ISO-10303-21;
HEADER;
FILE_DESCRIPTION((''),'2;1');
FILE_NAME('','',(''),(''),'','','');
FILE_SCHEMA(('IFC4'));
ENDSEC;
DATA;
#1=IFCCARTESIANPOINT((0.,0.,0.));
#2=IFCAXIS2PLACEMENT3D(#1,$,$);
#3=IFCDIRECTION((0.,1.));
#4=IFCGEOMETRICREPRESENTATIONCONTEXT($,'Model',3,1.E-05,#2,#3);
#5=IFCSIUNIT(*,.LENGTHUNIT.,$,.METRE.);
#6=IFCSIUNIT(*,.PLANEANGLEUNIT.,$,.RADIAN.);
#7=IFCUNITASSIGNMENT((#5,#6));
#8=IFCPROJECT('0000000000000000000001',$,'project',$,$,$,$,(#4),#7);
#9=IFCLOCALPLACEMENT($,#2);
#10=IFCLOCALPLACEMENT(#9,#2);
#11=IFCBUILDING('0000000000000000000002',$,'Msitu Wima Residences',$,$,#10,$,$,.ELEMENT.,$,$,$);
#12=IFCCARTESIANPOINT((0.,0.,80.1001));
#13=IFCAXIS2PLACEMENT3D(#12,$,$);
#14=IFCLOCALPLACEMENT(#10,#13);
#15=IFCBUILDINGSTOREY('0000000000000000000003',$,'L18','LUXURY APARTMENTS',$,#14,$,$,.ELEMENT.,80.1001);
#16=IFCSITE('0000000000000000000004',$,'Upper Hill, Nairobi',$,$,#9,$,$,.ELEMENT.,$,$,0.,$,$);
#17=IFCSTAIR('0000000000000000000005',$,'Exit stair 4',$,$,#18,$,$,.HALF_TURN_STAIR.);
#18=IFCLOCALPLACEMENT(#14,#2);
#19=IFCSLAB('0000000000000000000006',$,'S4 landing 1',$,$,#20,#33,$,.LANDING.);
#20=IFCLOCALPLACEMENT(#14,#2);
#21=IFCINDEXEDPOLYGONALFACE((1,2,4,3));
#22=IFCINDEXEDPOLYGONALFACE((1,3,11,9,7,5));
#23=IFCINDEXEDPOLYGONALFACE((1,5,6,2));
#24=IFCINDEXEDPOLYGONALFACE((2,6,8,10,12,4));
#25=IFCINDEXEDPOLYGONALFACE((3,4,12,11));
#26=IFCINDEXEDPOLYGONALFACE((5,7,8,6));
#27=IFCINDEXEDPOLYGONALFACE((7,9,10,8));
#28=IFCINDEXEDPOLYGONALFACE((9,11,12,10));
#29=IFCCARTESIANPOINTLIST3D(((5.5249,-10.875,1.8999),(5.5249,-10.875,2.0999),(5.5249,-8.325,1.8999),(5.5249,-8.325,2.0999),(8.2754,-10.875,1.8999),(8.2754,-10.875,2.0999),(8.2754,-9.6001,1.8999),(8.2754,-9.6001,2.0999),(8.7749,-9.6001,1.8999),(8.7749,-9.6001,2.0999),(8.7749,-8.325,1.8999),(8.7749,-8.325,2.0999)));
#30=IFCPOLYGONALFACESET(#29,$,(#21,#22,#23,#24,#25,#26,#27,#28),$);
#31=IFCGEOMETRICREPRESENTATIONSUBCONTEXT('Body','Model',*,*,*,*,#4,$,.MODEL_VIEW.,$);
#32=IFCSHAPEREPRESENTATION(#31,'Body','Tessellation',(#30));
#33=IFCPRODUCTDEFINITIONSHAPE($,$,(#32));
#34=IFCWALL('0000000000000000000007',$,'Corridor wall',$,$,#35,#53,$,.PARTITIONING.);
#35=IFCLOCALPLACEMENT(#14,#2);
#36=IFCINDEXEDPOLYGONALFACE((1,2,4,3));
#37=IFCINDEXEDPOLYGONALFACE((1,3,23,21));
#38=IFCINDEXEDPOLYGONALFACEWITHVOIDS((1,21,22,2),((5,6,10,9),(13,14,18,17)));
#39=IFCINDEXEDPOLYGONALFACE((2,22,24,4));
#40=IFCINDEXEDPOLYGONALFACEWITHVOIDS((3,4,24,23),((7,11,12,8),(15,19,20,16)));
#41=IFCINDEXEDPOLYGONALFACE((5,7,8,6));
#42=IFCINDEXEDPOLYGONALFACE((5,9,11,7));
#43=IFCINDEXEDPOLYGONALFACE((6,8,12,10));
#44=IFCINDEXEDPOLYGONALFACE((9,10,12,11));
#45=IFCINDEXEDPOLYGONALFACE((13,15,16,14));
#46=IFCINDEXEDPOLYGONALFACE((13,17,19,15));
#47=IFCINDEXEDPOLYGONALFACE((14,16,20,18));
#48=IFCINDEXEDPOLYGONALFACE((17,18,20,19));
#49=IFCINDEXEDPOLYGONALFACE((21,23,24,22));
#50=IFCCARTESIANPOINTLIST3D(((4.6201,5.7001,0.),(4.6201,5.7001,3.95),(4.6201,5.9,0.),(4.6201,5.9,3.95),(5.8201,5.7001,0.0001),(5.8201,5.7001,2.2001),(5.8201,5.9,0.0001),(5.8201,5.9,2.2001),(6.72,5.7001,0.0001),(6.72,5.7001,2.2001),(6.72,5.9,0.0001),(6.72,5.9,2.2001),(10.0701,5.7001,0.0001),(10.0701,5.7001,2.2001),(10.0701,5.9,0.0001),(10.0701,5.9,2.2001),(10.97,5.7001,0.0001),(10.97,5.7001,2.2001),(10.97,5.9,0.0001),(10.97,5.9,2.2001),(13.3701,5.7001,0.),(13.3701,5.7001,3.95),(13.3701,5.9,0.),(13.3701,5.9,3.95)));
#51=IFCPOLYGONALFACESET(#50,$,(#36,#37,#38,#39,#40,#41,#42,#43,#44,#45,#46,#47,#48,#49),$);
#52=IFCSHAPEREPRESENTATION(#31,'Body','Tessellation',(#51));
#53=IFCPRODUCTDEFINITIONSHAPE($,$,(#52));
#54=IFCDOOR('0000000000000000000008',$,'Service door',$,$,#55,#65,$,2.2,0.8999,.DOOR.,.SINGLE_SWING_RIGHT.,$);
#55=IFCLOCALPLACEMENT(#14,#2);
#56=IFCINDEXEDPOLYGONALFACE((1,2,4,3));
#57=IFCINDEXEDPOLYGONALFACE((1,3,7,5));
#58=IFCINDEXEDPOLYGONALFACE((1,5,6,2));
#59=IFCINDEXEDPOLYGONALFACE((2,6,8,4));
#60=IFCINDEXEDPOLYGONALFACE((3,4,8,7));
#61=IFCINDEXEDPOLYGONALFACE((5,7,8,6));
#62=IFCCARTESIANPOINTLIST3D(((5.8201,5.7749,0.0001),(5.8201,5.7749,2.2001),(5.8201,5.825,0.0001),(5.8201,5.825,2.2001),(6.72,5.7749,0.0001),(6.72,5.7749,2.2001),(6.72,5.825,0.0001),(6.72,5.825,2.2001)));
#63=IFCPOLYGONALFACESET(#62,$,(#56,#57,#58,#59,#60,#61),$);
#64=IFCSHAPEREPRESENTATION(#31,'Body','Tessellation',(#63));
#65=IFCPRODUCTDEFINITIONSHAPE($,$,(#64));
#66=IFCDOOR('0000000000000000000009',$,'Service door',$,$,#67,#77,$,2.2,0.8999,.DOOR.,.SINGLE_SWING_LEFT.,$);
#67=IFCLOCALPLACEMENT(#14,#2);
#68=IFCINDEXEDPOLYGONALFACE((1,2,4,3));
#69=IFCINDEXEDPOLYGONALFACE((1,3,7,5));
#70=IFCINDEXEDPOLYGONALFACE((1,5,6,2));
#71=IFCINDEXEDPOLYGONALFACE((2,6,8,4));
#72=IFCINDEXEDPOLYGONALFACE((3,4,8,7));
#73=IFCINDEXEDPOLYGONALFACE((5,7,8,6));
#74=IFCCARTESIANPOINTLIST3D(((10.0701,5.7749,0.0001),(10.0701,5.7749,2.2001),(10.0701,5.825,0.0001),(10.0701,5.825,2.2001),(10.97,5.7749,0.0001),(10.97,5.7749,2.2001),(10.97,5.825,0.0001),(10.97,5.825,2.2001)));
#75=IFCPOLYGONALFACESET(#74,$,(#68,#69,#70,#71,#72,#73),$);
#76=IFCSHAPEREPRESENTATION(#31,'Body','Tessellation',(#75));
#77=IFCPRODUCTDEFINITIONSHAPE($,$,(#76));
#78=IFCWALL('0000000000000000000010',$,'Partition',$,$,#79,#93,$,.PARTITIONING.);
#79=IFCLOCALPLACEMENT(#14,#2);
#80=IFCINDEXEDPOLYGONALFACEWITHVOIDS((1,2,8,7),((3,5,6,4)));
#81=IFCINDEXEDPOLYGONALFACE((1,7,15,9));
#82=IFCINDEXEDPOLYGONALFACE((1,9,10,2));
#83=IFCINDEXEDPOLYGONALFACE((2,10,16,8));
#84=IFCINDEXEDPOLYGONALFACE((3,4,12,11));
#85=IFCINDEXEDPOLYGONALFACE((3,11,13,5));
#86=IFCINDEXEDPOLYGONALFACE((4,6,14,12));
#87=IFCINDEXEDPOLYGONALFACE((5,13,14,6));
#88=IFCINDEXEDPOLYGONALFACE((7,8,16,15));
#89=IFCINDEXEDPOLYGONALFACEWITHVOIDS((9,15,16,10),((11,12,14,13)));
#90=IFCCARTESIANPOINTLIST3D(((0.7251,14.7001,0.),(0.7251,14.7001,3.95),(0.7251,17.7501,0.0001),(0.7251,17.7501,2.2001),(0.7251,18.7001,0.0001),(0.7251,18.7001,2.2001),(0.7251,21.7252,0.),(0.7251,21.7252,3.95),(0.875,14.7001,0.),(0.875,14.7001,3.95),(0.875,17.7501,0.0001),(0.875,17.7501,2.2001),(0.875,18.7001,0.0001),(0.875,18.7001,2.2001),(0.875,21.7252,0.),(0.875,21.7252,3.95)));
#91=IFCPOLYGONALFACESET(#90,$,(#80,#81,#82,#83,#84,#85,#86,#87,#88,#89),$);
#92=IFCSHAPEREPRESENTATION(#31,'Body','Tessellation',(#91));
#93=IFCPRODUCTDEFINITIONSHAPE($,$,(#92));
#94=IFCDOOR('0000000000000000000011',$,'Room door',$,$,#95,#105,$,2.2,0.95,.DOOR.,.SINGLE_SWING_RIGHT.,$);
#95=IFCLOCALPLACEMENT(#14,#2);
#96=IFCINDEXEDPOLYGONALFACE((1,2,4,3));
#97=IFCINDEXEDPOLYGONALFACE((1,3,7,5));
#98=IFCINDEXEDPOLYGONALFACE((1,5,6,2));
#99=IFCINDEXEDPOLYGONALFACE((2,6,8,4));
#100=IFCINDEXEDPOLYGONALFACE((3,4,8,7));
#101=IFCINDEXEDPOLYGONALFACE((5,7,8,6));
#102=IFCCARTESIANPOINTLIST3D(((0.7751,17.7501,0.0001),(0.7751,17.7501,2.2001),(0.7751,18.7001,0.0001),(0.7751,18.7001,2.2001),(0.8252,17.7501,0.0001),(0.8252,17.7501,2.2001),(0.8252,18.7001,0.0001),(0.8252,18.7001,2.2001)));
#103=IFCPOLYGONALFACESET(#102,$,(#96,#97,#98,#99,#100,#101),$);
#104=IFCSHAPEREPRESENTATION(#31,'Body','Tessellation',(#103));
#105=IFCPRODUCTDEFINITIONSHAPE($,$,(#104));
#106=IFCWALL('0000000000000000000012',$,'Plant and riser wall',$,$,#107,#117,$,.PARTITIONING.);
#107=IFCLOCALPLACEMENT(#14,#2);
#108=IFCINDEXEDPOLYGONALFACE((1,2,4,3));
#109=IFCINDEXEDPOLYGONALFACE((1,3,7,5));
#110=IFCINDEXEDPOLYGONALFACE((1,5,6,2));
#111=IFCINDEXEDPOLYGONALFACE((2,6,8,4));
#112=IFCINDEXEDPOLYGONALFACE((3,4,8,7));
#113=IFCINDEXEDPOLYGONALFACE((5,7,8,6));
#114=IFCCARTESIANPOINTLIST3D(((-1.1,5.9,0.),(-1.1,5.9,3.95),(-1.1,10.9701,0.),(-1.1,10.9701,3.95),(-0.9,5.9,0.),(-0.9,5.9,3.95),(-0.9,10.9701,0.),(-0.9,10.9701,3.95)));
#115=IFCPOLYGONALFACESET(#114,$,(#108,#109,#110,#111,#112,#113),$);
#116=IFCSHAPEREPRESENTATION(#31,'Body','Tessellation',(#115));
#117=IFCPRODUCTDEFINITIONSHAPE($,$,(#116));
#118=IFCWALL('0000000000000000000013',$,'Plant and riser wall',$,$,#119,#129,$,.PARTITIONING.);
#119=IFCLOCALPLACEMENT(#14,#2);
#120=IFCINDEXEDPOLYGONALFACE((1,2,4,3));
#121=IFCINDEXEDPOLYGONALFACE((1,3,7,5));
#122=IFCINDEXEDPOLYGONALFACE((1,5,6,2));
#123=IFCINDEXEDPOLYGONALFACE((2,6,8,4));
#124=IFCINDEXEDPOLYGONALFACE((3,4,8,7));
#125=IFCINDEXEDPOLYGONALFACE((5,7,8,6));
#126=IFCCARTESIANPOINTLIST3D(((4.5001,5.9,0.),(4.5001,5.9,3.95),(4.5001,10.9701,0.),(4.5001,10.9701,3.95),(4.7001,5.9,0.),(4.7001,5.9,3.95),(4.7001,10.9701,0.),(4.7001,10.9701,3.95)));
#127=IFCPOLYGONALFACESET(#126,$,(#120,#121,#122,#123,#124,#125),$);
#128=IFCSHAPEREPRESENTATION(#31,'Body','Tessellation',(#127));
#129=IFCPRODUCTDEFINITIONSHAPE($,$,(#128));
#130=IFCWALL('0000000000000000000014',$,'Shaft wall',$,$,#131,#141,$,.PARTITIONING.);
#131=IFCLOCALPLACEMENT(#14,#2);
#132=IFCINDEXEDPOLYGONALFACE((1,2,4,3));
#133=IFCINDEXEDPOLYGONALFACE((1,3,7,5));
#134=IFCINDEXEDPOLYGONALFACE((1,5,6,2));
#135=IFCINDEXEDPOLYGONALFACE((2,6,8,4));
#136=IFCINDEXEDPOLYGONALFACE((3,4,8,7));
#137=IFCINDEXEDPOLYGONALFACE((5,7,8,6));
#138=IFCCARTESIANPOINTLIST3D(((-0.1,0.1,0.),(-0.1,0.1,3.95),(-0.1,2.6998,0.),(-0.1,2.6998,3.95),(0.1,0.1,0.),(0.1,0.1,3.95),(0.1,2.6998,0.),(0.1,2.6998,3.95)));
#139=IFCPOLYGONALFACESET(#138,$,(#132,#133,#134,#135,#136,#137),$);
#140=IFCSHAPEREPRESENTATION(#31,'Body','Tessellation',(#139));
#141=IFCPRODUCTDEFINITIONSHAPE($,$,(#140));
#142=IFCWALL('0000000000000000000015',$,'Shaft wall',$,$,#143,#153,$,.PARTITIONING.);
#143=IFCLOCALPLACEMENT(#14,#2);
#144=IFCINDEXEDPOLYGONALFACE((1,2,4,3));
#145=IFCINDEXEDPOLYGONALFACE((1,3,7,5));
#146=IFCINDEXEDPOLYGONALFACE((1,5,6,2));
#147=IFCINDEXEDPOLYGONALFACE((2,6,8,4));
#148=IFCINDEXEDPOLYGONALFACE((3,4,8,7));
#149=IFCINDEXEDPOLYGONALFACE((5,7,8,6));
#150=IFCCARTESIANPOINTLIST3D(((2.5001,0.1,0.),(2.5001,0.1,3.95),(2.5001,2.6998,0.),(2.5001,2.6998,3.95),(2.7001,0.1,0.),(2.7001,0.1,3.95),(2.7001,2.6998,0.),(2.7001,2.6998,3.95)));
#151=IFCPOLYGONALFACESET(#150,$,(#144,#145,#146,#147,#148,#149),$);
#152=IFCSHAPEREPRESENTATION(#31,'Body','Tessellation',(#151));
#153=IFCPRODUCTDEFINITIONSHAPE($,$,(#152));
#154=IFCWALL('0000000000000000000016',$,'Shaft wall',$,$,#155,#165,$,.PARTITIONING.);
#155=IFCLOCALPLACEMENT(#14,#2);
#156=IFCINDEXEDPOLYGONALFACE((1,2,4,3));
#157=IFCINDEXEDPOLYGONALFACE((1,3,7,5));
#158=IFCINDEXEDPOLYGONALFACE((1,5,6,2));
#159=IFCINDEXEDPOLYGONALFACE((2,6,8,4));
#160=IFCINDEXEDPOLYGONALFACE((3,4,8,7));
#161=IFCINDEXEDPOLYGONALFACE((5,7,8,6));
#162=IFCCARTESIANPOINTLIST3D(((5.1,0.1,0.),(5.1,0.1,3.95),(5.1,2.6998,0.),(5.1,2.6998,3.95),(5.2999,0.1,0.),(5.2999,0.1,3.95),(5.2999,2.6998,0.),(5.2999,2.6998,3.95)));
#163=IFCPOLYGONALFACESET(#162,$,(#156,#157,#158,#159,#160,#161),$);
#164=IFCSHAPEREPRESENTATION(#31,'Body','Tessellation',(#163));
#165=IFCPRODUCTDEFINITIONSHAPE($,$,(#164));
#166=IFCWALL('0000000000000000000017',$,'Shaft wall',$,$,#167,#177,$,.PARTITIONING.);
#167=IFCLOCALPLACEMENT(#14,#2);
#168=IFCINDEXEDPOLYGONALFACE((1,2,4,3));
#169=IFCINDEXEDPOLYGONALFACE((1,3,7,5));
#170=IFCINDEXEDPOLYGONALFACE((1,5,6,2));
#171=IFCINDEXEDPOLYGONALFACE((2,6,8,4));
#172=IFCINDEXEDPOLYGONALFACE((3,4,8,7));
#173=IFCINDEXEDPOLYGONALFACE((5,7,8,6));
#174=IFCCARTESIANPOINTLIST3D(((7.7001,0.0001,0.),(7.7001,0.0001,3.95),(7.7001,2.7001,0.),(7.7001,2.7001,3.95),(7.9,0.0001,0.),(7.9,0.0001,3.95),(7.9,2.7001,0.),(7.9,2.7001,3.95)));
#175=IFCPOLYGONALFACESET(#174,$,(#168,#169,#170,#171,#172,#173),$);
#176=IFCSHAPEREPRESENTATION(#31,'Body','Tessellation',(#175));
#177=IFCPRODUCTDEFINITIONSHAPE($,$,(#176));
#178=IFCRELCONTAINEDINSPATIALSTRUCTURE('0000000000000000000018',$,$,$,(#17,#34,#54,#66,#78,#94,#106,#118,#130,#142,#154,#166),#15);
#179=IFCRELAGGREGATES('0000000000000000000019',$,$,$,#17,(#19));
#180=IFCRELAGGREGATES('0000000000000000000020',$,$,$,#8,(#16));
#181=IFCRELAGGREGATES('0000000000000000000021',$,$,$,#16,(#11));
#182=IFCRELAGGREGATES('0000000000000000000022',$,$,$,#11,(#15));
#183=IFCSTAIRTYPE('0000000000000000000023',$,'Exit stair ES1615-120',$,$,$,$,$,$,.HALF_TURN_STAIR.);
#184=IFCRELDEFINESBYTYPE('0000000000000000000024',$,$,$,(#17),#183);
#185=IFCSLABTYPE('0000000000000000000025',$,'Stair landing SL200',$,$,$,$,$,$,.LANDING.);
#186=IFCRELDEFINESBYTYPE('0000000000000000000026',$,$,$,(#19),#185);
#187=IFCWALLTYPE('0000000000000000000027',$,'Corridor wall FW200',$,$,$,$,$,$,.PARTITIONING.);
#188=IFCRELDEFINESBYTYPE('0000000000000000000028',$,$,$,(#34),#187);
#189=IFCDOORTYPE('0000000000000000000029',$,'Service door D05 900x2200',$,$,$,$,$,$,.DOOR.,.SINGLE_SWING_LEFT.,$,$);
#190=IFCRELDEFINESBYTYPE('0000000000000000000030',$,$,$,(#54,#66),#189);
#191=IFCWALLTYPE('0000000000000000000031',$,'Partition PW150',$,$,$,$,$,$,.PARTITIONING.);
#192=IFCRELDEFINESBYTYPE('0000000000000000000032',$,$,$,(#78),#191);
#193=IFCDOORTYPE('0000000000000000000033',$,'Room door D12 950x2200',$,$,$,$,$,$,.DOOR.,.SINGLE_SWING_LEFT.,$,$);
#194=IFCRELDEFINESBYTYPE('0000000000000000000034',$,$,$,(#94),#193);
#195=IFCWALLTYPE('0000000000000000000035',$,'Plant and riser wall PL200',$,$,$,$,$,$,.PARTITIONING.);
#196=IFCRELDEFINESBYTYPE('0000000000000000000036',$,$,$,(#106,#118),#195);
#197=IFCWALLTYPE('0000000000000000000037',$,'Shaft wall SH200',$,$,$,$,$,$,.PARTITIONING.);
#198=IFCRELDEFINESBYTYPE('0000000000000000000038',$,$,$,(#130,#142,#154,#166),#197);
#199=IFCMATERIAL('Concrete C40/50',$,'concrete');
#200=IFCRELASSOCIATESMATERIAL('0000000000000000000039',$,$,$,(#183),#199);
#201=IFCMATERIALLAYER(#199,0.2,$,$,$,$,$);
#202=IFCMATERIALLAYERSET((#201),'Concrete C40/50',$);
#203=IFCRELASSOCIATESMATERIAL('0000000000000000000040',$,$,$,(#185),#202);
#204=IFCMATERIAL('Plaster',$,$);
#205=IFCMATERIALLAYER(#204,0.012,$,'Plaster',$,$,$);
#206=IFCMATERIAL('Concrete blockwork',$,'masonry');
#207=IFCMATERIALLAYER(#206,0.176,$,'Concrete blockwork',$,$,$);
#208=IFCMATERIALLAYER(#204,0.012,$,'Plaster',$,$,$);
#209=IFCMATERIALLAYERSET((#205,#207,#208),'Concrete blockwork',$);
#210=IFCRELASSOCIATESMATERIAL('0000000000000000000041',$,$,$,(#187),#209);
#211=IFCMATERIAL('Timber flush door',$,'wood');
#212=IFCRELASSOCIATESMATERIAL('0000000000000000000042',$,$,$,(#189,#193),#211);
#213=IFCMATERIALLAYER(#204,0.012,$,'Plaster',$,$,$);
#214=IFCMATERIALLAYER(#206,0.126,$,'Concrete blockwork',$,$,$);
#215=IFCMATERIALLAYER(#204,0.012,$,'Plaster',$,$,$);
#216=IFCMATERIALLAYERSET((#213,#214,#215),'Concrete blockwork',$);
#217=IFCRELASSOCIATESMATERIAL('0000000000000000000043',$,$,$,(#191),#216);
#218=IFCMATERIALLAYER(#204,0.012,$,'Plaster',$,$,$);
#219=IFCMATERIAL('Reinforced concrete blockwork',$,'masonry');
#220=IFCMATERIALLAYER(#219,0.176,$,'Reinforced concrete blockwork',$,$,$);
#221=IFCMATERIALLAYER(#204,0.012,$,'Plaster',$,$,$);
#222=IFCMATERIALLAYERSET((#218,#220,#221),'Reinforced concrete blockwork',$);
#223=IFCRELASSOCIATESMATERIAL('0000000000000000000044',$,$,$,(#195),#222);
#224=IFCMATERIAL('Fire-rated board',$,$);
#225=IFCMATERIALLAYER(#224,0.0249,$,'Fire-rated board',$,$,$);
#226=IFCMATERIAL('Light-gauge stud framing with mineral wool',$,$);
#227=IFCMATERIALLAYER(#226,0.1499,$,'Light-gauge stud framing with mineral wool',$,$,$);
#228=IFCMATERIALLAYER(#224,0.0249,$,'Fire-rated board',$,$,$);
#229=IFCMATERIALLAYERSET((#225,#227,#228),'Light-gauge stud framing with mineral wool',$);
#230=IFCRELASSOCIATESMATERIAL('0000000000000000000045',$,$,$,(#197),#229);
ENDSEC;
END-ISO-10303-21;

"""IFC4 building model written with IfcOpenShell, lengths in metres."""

from ifc_helpers import new_model, si_unit, direction, frame, frame_2d, origin, place, context, subcontext, project, spatial, polyline, rectangle, outline, extrude, material, layer, layer_set, type_object, element, fill, aggregate, save


model = new_model("IFC4")

# Units and contexts
model_context = context("Model", 3, precision=1e-05, world=origin(), true_north=direction((0.0, 1.0)))
body_context = subcontext(model_context, "Body", "Model", "MODEL_VIEW")
ifc_project = project(units=[si_unit("LENGTHUNIT", "METRE"), si_unit("PLANEANGLEUNIT", "RADIAN")], contexts=[model_context])

# Site, building, storey
site_placement = place(None, origin())
site = spatial("IfcSite", under=ifc_project, at=site_placement, Name="Upper Hill, Nairobi", CompositionType="ELEMENT", RefElevation=0.0)
building_placement = place(site_placement, origin())
building = spatial("IfcBuilding", under=site, at=building_placement, Name="Msitu Wima Residences", CompositionType="ELEMENT")
storey_placement = place(building_placement, frame((0.0, 0.0, 80.1001)))
storey = spatial("IfcBuildingStorey", under=building, at=storey_placement, Name="L18", Description="LUXURY APARTMENTS", CompositionType="ELEMENT", Elevation=80.1001)

# Shared definitions
ifc_material_1 = material(Name="Concrete C40/50", Category="concrete")

# Stair, slab
stair_type = type_object("IfcStairType", Name="Exit stair ES1615-120", PredefinedType="HALF_TURN_STAIR", material=ifc_material_1)
ifc_layer_1 = layer(ifc_material_1, 0.2)
ifc_layer_set_1 = layer_set([ifc_layer_1], Name="Concrete C40/50")
slab_type_1 = type_object("IfcSlabType", Name="Stair landing SL200", PredefinedType="LANDING", material=ifc_layer_set_1)
stair_1_placement = place(storey_placement, origin())
stair_1 = element("IfcStair", 1, at=stair_1_placement, inside=storey, type_object=stair_type, Name="Exit stair 4", PredefinedType="HALF_TURN_STAIR")
slab_1_placement = place(storey_placement, frame((0.0, 0.0, 1.8999)))
slab_1 = element("IfcSlab", 2, at=slab_1_placement, type_object=slab_type_1, Name="S4 landing 1", PredefinedType="LANDING", context=body_context, shape_type="SweptSolid", body=[
    extrude(outline(polyline([(5.5249, -10.875), (8.2754, -10.875), (8.2754, -9.6001), (8.7749, -9.6001), (8.7749, -8.325), (5.5249, -8.325), (5.5249, -10.875)])), origin(), (0.0, 0.0, 1.0), 0.2),
])
aggregate(stair_1, [slab_1])

# Wall, openings, doors
ifc_material_2 = material(Name="Plaster")
ifc_layer_2 = layer(ifc_material_2, 0.012, Name="Plaster")
ifc_material_3 = material(Name="Concrete blockwork", Category="masonry")
ifc_layer_3 = layer(ifc_material_3, 0.176, Name="Concrete blockwork")
ifc_layer_4 = layer(ifc_material_2, 0.012, Name="Plaster")
ifc_layer_set_2 = layer_set([ifc_layer_2, ifc_layer_3, ifc_layer_4], Name="Concrete blockwork")
wall_type_1 = type_object("IfcWallType", Name="Corridor wall FW200", PredefinedType="PARTITIONING", material=ifc_layer_set_2)
wall_1_placement = place(storey_placement, frame((4.6201, 5.8, 0.0), z_axis=(0.0, 0.0, 1.0), x_axis=(1.0, 0.0, 0.0)))
wall_1 = element("IfcWall", 3, at=wall_1_placement, inside=storey, type_object=wall_type_1, Name="Corridor wall", PredefinedType="PARTITIONING", context=body_context, shape_type="SweptSolid", body=[
    extrude(rectangle(XDim=8.75, YDim=0.2, at=frame_2d((4.375, 0.0))), origin(), (0.0, 0.0, 1.0), 3.95),
])
opening_1_placement = place(wall_1_placement, frame((1.2, 0.0, 0.0)))
opening_1 = element("IfcOpeningElement", 4, at=opening_1_placement, cuts=wall_1, PredefinedType="OPENING", context=body_context, shape_type="SweptSolid", body=[
    extrude(rectangle(XDim=0.8999, YDim=2.2, at=frame_2d((0.45, 1.1001))), frame((0.0, 0.1099, 0.0), z_axis=(0.0, -1.0, 0.0), x_axis=(1.0, 0.0, 0.0)), (0.0, 0.0, 1.0), 0.22),
])
opening_2_placement = place(wall_1_placement, frame((5.45, 0.0, 0.0)))
opening_2 = element("IfcOpeningElement", 5, at=opening_2_placement, cuts=wall_1, PredefinedType="OPENING", context=body_context, shape_type="SweptSolid", body=[
    extrude(rectangle(XDim=0.8999, YDim=2.2, at=frame_2d((0.45, 1.1001))), frame((0.0, 0.1099, 0.0), z_axis=(0.0, -1.0, 0.0), x_axis=(1.0, 0.0, 0.0)), (0.0, 0.0, 1.0), 0.22),
])
ifc_material_4 = material(Name="Timber flush door", Category="wood")
door_type_1 = type_object("IfcDoorType", Name="Service door D05 900x2200", OperationType="SINGLE_SWING_LEFT", PredefinedType="DOOR", material=ifc_material_4)
door_1_placement = place(opening_1_placement, origin())
door_1 = element("IfcDoor", 6, at=door_1_placement, inside=storey, type_object=door_type_1, Name="Service door", OperationType="SINGLE_SWING_RIGHT", OverallHeight=2.2, OverallWidth=0.8999, PredefinedType="DOOR", context=body_context, shape_type="SweptSolid", body=[
    extrude(rectangle(XDim=0.8999, YDim=2.2, at=frame_2d((0.45, 1.1001))), frame((0.0, 0.0249, 0.0), z_axis=(0.0, -1.0, 0.0), x_axis=(1.0, 0.0, 0.0)), (0.0, 0.0, 1.0), 0.05),
])
fill(opening_1, door_1)
door_2_placement = place(opening_2_placement, origin())
door_2 = element("IfcDoor", 7, at=door_2_placement, inside=storey, type_object=door_type_1, Name="Service door", OperationType="SINGLE_SWING_LEFT", OverallHeight=2.2, OverallWidth=0.8999, PredefinedType="DOOR", context=body_context, shape_type="SweptSolid", body=[
    extrude(rectangle(XDim=0.8999, YDim=2.2, at=frame_2d((0.45, 1.1001))), frame((0.0, 0.0249, 0.0), z_axis=(0.0, -1.0, 0.0), x_axis=(1.0, 0.0, 0.0)), (0.0, 0.0, 1.0), 0.05),
])
fill(opening_2, door_2)

# Wall, opening, door
ifc_layer_5 = layer(ifc_material_2, 0.012, Name="Plaster")
ifc_layer_6 = layer(ifc_material_3, 0.126, Name="Concrete blockwork")
ifc_layer_7 = layer(ifc_material_2, 0.012, Name="Plaster")
ifc_layer_set_3 = layer_set([ifc_layer_5, ifc_layer_6, ifc_layer_7], Name="Concrete blockwork")
wall_type_2 = type_object("IfcWallType", Name="Partition PW150", PredefinedType="PARTITIONING", material=ifc_layer_set_3)
wall_2_placement = place(storey_placement, frame((0.8, 14.7, 0.0), z_axis=(0.0, 0.0, 1.0), x_axis=(0.0, 1.0, 0.0)))
wall_2 = element("IfcWall", 8, at=wall_2_placement, inside=storey, type_object=wall_type_2, Name="Partition", PredefinedType="PARTITIONING", context=body_context, shape_type="SweptSolid", body=[
    extrude(rectangle(XDim=7.0251, YDim=0.1499, at=frame_2d((3.5127, 0.0))), origin(), (0.0, 0.0, 1.0), 3.95),
])
opening_3_placement = place(wall_2_placement, frame((3.05, 0.0, 0.0)))
opening_3 = element("IfcOpeningElement", 9, at=opening_3_placement, cuts=wall_2, PredefinedType="OPENING", context=body_context, shape_type="SweptSolid", body=[
    extrude(rectangle(XDim=0.95, YDim=2.2, at=frame_2d((0.4751, 1.1001))), frame((0.0, 0.085, 0.0), z_axis=(0.0, -1.0, 0.0), x_axis=(1.0, 0.0, 0.0)), (0.0, 0.0, 1.0), 0.1699),
])
door_type_2 = type_object("IfcDoorType", Name="Room door D12 950x2200", OperationType="SINGLE_SWING_LEFT", PredefinedType="DOOR", material=ifc_material_4)
door_3_placement = place(opening_3_placement, origin())
door_3 = element("IfcDoor", 10, at=door_3_placement, inside=storey, type_object=door_type_2, Name="Room door", OperationType="SINGLE_SWING_RIGHT", OverallHeight=2.2, OverallWidth=0.95, PredefinedType="DOOR", context=body_context, shape_type="SweptSolid", body=[
    extrude(rectangle(XDim=0.95, YDim=2.2, at=frame_2d((0.4751, 1.1001))), frame((0.0, 0.0249, 0.0), z_axis=(0.0, -1.0, 0.0), x_axis=(1.0, 0.0, 0.0)), (0.0, 0.0, 1.0), 0.05),
])
fill(opening_3, door_3)

# Walls
ifc_layer_8 = layer(ifc_material_2, 0.012, Name="Plaster")
ifc_material_5 = material(Name="Reinforced concrete blockwork", Category="masonry")
ifc_layer_9 = layer(ifc_material_5, 0.176, Name="Reinforced concrete blockwork")
ifc_layer_10 = layer(ifc_material_2, 0.012, Name="Plaster")
ifc_layer_set_4 = layer_set([ifc_layer_8, ifc_layer_9, ifc_layer_10], Name="Reinforced concrete blockwork")
wall_type_3 = type_object("IfcWallType", Name="Plant and riser wall PL200", PredefinedType="PARTITIONING", material=ifc_layer_set_4)
for number, where, z_axis, x_axis, name in (
    (11, (-1.0, 5.8999, 0.0), (0.0, 0.0, 1.0), (0.0, 1.0, 0.0), "Plant and riser wall"),
    (12, (4.6001, 5.8999, 0.0), (0.0, 0.0, 1.0), (0.0, 1.0, 0.0), "Plant and riser wall"),
):
    element("IfcWall", number, at=place(storey_placement, frame(where, z_axis=z_axis, x_axis=x_axis)), inside=storey, type_object=wall_type_3, Name=name, PredefinedType="PARTITIONING", context=body_context, shape_type="SweptSolid", body=[
        extrude(rectangle(XDim=5.0701, YDim=0.2, at=frame_2d((2.5352, 0.0))), origin(), (0.0, 0.0, 1.0), 3.95),
    ])
ifc_material_6 = material(Name="Fire-rated board")
ifc_layer_11 = layer(ifc_material_6, 0.0249, Name="Fire-rated board")
ifc_material_7 = material(Name="Light-gauge stud framing with mineral wool")
ifc_layer_12 = layer(ifc_material_7, 0.1499, Name="Light-gauge stud framing with mineral wool")
ifc_layer_13 = layer(ifc_material_6, 0.0249, Name="Fire-rated board")
ifc_layer_set_5 = layer_set([ifc_layer_11, ifc_layer_12, ifc_layer_13], Name="Light-gauge stud framing with mineral wool")
wall_type_4 = type_object("IfcWallType", Name="Shaft wall SH200", PredefinedType="PARTITIONING", material=ifc_layer_set_5)
for number, where, z_axis, x_axis, name in (
    (13, (0.0, 0.1001, 0.0), (0.0, 0.0, 1.0), (0.0, 1.0, 0.0), "Shaft wall"),
    (14, (2.6001, 0.1001, 0.0), (0.0, 0.0, 1.0), (0.0, 1.0, 0.0), "Shaft wall"),
    (15, (5.2, 0.1001, 0.0), (0.0, 0.0, 1.0), (0.0, 1.0, 0.0), "Shaft wall"),
):
    element("IfcWall", number, at=place(storey_placement, frame(where, z_axis=z_axis, x_axis=x_axis)), inside=storey, type_object=wall_type_4, Name=name, PredefinedType="PARTITIONING", context=body_context, shape_type="SweptSolid", body=[
        extrude(rectangle(XDim=2.5999, YDim=0.2, at=frame_2d((1.2998, 0.0))), origin(), (0.0, 0.0, 1.0), 3.95),
    ])
wall_3_placement = place(storey_placement, frame((7.8, 0.0, 0.0), z_axis=(0.0, 0.0, 1.0), x_axis=(0.0, 1.0, 0.0)))
element("IfcWall", 16, at=wall_3_placement, inside=storey, type_object=wall_type_4, Name="Shaft wall", PredefinedType="PARTITIONING", context=body_context, shape_type="SweptSolid", body=[
    extrude(rectangle(XDim=2.7, YDim=0.2, at=frame_2d((1.3501, 0.0))), origin(), (0.0, 0.0, 1.0), 3.95),
])

save(model, "model.ifc")
